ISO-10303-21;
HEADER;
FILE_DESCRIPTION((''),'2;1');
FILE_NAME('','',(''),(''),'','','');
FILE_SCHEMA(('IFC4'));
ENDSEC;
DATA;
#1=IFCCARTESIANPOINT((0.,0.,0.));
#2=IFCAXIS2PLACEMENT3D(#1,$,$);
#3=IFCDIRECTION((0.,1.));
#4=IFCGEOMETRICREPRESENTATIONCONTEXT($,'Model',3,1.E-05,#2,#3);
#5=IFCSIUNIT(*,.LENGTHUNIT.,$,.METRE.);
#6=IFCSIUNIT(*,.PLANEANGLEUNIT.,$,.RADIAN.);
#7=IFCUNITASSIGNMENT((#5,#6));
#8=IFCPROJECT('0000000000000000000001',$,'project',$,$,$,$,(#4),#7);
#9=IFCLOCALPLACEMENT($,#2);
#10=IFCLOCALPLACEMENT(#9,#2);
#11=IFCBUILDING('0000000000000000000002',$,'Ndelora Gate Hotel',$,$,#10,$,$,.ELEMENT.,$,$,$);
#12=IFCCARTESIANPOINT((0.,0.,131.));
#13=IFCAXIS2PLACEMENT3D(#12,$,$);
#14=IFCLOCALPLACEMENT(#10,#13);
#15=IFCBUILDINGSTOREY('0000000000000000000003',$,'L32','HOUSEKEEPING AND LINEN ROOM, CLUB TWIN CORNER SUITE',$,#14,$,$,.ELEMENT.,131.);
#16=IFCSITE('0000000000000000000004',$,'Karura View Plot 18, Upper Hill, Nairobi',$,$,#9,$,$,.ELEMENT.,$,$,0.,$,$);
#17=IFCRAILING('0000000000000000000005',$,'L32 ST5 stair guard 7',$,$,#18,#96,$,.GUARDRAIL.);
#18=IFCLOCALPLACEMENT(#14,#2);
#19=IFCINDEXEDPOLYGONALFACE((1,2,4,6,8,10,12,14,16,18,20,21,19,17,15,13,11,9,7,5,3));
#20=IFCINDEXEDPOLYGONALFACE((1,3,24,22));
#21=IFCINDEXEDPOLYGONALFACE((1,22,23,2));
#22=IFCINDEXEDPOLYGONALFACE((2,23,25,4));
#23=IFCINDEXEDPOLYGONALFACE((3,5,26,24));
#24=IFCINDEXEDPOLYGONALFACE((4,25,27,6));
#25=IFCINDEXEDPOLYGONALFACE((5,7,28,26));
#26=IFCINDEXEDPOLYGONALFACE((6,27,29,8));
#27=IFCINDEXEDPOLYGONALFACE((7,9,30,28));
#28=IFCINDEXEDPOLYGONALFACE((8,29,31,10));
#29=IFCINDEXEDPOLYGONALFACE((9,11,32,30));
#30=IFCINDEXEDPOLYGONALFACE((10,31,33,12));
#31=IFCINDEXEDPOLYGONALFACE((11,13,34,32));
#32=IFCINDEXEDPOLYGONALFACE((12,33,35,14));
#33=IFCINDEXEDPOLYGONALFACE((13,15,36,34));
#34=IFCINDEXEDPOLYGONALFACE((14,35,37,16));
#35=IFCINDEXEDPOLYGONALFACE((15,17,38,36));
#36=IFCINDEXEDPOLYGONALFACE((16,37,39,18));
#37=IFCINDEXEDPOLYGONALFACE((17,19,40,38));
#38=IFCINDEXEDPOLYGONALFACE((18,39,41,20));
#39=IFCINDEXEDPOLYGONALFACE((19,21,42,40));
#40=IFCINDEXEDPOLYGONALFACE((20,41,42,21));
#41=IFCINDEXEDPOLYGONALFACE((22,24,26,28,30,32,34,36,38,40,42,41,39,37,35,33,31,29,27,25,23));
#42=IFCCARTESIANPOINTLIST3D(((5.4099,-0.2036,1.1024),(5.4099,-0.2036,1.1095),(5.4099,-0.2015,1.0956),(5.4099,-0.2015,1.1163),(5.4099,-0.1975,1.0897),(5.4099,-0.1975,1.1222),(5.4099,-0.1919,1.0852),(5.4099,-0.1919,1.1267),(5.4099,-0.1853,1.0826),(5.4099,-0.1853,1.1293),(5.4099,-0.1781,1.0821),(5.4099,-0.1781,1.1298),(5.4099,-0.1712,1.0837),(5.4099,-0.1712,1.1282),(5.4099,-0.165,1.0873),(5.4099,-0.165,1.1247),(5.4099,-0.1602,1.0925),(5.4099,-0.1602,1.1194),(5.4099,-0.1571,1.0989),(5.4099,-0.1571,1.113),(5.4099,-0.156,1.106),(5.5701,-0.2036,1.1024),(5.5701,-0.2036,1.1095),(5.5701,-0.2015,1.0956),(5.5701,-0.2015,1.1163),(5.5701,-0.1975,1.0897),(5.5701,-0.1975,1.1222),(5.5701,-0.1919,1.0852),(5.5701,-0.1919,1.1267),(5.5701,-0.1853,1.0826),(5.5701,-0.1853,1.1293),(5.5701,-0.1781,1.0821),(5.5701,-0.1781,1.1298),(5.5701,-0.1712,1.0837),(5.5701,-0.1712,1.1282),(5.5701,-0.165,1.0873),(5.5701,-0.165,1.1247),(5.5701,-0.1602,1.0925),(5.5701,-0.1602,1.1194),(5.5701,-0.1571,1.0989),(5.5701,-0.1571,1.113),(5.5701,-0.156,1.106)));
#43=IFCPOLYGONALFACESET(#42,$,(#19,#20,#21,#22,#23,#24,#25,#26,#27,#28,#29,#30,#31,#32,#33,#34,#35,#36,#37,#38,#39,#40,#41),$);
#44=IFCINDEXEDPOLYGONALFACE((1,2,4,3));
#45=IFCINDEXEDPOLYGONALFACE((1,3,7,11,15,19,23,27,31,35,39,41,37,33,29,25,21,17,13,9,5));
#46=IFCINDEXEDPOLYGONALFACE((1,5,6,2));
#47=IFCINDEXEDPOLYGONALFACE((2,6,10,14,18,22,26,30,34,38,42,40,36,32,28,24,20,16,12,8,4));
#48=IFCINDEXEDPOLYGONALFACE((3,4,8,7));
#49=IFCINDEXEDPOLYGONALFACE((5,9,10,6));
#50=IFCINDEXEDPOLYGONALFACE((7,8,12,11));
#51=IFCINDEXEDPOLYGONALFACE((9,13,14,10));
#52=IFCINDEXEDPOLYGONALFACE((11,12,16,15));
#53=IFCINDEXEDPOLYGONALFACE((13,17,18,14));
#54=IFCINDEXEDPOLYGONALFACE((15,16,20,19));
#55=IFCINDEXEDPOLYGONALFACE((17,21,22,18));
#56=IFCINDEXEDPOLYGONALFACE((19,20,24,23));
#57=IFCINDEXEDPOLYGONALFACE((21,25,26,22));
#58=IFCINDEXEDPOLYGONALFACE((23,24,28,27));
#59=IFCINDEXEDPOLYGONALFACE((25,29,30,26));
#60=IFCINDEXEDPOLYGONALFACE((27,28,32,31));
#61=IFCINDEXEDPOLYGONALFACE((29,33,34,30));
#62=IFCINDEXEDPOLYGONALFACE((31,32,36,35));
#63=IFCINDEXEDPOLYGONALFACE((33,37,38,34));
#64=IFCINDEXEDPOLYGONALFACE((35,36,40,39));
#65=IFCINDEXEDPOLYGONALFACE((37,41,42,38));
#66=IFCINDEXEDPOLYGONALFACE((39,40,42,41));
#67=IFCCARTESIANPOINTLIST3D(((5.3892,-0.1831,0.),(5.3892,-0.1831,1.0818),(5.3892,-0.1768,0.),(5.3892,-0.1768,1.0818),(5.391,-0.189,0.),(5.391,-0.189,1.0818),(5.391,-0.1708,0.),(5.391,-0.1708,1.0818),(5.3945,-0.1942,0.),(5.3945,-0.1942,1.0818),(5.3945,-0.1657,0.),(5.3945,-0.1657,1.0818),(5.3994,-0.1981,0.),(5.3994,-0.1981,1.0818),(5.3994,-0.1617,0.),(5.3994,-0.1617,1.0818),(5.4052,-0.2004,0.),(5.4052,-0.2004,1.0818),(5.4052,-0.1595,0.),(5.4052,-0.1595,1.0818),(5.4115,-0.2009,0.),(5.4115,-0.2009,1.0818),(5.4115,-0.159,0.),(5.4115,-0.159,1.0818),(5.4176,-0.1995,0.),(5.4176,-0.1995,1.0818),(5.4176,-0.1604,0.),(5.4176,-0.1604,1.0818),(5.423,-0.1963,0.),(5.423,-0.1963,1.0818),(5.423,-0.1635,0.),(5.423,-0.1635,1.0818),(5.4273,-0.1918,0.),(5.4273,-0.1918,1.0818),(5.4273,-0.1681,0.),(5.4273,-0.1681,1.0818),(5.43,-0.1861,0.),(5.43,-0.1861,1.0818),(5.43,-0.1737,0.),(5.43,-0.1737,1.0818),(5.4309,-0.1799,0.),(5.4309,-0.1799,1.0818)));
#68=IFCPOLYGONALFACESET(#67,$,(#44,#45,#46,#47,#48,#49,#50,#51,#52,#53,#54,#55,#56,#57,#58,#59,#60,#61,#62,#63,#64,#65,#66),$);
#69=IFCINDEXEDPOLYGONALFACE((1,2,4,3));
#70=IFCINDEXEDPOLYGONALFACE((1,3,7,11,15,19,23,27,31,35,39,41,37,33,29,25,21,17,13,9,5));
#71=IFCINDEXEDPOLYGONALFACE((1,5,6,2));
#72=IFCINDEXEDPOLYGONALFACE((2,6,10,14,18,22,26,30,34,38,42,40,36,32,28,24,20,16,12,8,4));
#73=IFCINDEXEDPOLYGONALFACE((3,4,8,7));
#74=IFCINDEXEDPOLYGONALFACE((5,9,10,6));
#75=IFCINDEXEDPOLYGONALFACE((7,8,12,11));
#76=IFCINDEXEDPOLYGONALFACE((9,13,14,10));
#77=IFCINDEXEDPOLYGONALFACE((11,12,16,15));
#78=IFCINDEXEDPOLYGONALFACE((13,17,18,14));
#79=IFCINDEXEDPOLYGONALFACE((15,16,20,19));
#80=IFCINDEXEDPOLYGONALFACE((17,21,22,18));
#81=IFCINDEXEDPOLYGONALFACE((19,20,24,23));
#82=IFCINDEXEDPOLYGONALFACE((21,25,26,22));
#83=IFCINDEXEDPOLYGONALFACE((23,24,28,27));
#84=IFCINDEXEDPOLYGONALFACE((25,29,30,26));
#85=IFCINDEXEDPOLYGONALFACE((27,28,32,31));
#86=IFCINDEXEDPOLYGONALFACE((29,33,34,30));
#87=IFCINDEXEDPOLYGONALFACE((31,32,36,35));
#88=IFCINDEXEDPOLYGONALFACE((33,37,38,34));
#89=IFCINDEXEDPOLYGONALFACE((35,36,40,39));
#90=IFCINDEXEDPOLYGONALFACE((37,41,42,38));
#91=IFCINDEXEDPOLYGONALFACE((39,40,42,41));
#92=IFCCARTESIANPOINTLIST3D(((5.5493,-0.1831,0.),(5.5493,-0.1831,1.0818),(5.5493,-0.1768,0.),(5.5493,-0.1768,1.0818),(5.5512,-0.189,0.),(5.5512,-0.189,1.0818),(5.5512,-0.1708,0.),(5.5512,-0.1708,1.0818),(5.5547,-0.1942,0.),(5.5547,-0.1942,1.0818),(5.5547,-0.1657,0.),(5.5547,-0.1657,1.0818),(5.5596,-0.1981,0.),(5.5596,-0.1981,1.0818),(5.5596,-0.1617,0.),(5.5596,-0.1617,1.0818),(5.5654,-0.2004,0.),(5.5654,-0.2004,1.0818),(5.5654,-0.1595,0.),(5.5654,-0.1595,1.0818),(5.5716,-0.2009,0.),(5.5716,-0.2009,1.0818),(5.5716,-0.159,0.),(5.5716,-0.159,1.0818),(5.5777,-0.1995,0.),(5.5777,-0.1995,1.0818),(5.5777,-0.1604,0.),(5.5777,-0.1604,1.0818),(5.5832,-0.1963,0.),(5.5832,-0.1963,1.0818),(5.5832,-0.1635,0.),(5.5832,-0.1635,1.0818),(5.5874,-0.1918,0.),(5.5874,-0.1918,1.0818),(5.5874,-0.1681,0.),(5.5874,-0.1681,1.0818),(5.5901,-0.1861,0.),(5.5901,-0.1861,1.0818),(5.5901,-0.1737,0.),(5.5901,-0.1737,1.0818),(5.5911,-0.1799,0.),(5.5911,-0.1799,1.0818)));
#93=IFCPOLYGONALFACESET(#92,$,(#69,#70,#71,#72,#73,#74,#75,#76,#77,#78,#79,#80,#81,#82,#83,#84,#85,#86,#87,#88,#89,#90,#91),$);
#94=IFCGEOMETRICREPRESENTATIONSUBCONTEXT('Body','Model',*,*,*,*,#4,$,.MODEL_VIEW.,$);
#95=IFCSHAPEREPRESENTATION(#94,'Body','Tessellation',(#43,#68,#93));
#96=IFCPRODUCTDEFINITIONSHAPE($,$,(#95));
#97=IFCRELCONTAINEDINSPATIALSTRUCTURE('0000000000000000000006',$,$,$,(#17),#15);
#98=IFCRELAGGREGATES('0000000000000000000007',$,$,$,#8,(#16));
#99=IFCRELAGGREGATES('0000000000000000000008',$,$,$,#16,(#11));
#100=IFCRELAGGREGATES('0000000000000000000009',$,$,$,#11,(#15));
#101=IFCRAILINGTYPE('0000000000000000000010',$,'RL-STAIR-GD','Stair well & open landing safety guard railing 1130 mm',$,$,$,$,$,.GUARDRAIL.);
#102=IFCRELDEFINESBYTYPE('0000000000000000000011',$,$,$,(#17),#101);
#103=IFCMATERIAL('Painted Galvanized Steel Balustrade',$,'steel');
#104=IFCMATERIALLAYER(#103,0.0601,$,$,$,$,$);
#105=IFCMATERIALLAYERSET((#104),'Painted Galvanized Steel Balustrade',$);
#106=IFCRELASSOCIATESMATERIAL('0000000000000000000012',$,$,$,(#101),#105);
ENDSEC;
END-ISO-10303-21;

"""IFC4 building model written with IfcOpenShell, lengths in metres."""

from ifc_helpers import new_model, si_unit, direction, frame, origin, origin_2d, place, context, subcontext, project, spatial, circle, extrude, material, layer, layer_set, type_object, element, save


model = new_model("IFC4")

# Units and contexts
model_context = context("Model", 3, precision=1e-05, world=origin(), true_north=direction((0.0, 1.0)))
body_context = subcontext(model_context, "Body", "Model", "MODEL_VIEW")
ifc_project = project(units=[si_unit("LENGTHUNIT", "METRE"), si_unit("PLANEANGLEUNIT", "RADIAN")], contexts=[model_context])

# Site, building, storey
site_placement = place(None, origin())
site = spatial("IfcSite", under=ifc_project, at=site_placement, Name="Karura View Plot 18, Upper Hill, Nairobi", CompositionType="ELEMENT", RefElevation=0.0)
building_placement = place(site_placement, origin())
building = spatial("IfcBuilding", under=site, at=building_placement, Name="Ndelora Gate Hotel", CompositionType="ELEMENT")
storey_placement = place(building_placement, frame((0.0, 0.0, 131.0)))
storey = spatial("IfcBuildingStorey", under=building, at=storey_placement, Name="L32", Description="HOUSEKEEPING AND LINEN ROOM, CLUB TWIN CORNER SUITE", CompositionType="ELEMENT", Elevation=131.0)

# Railing
ifc_material_1 = material(Name="Painted Galvanized Steel Balustrade", Category="steel")
ifc_layer_1 = layer(ifc_material_1, 0.0601)
ifc_layer_set_1 = layer_set([ifc_layer_1], Name="Painted Galvanized Steel Balustrade")
railing_type_1 = type_object("IfcRailingType", Name="RL-STAIR-GD", Description="Stair well & open landing safety guard railing 1130 mm", PredefinedType="GUARDRAIL", material=ifc_layer_set_1)
railing_1_placement = place(storey_placement, frame((5.4099, -0.1799, 0.0)))
element("IfcRailing", 1, at=railing_1_placement, inside=storey, type_object=railing_type_1, Name="L32 ST5 stair guard 7", PredefinedType="GUARDRAIL", context=body_context, shape_type="SweptSolid", body=[
    extrude(circle(Radius=0.0239, at=origin_2d()), frame((0.0, 0.0, 1.106), z_axis=(1.0, 0.0, 0.0), x_axis=(0.0, 1.0, 0.0)), (0.0, 0.0, 1.0), 0.1602),
    extrude(circle(Radius=0.021, at=origin_2d()), origin(), (0.0, 0.0, 1.0), 1.0818),
    extrude(circle(Radius=0.021, at=origin_2d()), frame((0.1602, 0.0, 0.0)), (0.0, 0.0, 1.0), 1.0818),
])

save(model, "model.ifc")
